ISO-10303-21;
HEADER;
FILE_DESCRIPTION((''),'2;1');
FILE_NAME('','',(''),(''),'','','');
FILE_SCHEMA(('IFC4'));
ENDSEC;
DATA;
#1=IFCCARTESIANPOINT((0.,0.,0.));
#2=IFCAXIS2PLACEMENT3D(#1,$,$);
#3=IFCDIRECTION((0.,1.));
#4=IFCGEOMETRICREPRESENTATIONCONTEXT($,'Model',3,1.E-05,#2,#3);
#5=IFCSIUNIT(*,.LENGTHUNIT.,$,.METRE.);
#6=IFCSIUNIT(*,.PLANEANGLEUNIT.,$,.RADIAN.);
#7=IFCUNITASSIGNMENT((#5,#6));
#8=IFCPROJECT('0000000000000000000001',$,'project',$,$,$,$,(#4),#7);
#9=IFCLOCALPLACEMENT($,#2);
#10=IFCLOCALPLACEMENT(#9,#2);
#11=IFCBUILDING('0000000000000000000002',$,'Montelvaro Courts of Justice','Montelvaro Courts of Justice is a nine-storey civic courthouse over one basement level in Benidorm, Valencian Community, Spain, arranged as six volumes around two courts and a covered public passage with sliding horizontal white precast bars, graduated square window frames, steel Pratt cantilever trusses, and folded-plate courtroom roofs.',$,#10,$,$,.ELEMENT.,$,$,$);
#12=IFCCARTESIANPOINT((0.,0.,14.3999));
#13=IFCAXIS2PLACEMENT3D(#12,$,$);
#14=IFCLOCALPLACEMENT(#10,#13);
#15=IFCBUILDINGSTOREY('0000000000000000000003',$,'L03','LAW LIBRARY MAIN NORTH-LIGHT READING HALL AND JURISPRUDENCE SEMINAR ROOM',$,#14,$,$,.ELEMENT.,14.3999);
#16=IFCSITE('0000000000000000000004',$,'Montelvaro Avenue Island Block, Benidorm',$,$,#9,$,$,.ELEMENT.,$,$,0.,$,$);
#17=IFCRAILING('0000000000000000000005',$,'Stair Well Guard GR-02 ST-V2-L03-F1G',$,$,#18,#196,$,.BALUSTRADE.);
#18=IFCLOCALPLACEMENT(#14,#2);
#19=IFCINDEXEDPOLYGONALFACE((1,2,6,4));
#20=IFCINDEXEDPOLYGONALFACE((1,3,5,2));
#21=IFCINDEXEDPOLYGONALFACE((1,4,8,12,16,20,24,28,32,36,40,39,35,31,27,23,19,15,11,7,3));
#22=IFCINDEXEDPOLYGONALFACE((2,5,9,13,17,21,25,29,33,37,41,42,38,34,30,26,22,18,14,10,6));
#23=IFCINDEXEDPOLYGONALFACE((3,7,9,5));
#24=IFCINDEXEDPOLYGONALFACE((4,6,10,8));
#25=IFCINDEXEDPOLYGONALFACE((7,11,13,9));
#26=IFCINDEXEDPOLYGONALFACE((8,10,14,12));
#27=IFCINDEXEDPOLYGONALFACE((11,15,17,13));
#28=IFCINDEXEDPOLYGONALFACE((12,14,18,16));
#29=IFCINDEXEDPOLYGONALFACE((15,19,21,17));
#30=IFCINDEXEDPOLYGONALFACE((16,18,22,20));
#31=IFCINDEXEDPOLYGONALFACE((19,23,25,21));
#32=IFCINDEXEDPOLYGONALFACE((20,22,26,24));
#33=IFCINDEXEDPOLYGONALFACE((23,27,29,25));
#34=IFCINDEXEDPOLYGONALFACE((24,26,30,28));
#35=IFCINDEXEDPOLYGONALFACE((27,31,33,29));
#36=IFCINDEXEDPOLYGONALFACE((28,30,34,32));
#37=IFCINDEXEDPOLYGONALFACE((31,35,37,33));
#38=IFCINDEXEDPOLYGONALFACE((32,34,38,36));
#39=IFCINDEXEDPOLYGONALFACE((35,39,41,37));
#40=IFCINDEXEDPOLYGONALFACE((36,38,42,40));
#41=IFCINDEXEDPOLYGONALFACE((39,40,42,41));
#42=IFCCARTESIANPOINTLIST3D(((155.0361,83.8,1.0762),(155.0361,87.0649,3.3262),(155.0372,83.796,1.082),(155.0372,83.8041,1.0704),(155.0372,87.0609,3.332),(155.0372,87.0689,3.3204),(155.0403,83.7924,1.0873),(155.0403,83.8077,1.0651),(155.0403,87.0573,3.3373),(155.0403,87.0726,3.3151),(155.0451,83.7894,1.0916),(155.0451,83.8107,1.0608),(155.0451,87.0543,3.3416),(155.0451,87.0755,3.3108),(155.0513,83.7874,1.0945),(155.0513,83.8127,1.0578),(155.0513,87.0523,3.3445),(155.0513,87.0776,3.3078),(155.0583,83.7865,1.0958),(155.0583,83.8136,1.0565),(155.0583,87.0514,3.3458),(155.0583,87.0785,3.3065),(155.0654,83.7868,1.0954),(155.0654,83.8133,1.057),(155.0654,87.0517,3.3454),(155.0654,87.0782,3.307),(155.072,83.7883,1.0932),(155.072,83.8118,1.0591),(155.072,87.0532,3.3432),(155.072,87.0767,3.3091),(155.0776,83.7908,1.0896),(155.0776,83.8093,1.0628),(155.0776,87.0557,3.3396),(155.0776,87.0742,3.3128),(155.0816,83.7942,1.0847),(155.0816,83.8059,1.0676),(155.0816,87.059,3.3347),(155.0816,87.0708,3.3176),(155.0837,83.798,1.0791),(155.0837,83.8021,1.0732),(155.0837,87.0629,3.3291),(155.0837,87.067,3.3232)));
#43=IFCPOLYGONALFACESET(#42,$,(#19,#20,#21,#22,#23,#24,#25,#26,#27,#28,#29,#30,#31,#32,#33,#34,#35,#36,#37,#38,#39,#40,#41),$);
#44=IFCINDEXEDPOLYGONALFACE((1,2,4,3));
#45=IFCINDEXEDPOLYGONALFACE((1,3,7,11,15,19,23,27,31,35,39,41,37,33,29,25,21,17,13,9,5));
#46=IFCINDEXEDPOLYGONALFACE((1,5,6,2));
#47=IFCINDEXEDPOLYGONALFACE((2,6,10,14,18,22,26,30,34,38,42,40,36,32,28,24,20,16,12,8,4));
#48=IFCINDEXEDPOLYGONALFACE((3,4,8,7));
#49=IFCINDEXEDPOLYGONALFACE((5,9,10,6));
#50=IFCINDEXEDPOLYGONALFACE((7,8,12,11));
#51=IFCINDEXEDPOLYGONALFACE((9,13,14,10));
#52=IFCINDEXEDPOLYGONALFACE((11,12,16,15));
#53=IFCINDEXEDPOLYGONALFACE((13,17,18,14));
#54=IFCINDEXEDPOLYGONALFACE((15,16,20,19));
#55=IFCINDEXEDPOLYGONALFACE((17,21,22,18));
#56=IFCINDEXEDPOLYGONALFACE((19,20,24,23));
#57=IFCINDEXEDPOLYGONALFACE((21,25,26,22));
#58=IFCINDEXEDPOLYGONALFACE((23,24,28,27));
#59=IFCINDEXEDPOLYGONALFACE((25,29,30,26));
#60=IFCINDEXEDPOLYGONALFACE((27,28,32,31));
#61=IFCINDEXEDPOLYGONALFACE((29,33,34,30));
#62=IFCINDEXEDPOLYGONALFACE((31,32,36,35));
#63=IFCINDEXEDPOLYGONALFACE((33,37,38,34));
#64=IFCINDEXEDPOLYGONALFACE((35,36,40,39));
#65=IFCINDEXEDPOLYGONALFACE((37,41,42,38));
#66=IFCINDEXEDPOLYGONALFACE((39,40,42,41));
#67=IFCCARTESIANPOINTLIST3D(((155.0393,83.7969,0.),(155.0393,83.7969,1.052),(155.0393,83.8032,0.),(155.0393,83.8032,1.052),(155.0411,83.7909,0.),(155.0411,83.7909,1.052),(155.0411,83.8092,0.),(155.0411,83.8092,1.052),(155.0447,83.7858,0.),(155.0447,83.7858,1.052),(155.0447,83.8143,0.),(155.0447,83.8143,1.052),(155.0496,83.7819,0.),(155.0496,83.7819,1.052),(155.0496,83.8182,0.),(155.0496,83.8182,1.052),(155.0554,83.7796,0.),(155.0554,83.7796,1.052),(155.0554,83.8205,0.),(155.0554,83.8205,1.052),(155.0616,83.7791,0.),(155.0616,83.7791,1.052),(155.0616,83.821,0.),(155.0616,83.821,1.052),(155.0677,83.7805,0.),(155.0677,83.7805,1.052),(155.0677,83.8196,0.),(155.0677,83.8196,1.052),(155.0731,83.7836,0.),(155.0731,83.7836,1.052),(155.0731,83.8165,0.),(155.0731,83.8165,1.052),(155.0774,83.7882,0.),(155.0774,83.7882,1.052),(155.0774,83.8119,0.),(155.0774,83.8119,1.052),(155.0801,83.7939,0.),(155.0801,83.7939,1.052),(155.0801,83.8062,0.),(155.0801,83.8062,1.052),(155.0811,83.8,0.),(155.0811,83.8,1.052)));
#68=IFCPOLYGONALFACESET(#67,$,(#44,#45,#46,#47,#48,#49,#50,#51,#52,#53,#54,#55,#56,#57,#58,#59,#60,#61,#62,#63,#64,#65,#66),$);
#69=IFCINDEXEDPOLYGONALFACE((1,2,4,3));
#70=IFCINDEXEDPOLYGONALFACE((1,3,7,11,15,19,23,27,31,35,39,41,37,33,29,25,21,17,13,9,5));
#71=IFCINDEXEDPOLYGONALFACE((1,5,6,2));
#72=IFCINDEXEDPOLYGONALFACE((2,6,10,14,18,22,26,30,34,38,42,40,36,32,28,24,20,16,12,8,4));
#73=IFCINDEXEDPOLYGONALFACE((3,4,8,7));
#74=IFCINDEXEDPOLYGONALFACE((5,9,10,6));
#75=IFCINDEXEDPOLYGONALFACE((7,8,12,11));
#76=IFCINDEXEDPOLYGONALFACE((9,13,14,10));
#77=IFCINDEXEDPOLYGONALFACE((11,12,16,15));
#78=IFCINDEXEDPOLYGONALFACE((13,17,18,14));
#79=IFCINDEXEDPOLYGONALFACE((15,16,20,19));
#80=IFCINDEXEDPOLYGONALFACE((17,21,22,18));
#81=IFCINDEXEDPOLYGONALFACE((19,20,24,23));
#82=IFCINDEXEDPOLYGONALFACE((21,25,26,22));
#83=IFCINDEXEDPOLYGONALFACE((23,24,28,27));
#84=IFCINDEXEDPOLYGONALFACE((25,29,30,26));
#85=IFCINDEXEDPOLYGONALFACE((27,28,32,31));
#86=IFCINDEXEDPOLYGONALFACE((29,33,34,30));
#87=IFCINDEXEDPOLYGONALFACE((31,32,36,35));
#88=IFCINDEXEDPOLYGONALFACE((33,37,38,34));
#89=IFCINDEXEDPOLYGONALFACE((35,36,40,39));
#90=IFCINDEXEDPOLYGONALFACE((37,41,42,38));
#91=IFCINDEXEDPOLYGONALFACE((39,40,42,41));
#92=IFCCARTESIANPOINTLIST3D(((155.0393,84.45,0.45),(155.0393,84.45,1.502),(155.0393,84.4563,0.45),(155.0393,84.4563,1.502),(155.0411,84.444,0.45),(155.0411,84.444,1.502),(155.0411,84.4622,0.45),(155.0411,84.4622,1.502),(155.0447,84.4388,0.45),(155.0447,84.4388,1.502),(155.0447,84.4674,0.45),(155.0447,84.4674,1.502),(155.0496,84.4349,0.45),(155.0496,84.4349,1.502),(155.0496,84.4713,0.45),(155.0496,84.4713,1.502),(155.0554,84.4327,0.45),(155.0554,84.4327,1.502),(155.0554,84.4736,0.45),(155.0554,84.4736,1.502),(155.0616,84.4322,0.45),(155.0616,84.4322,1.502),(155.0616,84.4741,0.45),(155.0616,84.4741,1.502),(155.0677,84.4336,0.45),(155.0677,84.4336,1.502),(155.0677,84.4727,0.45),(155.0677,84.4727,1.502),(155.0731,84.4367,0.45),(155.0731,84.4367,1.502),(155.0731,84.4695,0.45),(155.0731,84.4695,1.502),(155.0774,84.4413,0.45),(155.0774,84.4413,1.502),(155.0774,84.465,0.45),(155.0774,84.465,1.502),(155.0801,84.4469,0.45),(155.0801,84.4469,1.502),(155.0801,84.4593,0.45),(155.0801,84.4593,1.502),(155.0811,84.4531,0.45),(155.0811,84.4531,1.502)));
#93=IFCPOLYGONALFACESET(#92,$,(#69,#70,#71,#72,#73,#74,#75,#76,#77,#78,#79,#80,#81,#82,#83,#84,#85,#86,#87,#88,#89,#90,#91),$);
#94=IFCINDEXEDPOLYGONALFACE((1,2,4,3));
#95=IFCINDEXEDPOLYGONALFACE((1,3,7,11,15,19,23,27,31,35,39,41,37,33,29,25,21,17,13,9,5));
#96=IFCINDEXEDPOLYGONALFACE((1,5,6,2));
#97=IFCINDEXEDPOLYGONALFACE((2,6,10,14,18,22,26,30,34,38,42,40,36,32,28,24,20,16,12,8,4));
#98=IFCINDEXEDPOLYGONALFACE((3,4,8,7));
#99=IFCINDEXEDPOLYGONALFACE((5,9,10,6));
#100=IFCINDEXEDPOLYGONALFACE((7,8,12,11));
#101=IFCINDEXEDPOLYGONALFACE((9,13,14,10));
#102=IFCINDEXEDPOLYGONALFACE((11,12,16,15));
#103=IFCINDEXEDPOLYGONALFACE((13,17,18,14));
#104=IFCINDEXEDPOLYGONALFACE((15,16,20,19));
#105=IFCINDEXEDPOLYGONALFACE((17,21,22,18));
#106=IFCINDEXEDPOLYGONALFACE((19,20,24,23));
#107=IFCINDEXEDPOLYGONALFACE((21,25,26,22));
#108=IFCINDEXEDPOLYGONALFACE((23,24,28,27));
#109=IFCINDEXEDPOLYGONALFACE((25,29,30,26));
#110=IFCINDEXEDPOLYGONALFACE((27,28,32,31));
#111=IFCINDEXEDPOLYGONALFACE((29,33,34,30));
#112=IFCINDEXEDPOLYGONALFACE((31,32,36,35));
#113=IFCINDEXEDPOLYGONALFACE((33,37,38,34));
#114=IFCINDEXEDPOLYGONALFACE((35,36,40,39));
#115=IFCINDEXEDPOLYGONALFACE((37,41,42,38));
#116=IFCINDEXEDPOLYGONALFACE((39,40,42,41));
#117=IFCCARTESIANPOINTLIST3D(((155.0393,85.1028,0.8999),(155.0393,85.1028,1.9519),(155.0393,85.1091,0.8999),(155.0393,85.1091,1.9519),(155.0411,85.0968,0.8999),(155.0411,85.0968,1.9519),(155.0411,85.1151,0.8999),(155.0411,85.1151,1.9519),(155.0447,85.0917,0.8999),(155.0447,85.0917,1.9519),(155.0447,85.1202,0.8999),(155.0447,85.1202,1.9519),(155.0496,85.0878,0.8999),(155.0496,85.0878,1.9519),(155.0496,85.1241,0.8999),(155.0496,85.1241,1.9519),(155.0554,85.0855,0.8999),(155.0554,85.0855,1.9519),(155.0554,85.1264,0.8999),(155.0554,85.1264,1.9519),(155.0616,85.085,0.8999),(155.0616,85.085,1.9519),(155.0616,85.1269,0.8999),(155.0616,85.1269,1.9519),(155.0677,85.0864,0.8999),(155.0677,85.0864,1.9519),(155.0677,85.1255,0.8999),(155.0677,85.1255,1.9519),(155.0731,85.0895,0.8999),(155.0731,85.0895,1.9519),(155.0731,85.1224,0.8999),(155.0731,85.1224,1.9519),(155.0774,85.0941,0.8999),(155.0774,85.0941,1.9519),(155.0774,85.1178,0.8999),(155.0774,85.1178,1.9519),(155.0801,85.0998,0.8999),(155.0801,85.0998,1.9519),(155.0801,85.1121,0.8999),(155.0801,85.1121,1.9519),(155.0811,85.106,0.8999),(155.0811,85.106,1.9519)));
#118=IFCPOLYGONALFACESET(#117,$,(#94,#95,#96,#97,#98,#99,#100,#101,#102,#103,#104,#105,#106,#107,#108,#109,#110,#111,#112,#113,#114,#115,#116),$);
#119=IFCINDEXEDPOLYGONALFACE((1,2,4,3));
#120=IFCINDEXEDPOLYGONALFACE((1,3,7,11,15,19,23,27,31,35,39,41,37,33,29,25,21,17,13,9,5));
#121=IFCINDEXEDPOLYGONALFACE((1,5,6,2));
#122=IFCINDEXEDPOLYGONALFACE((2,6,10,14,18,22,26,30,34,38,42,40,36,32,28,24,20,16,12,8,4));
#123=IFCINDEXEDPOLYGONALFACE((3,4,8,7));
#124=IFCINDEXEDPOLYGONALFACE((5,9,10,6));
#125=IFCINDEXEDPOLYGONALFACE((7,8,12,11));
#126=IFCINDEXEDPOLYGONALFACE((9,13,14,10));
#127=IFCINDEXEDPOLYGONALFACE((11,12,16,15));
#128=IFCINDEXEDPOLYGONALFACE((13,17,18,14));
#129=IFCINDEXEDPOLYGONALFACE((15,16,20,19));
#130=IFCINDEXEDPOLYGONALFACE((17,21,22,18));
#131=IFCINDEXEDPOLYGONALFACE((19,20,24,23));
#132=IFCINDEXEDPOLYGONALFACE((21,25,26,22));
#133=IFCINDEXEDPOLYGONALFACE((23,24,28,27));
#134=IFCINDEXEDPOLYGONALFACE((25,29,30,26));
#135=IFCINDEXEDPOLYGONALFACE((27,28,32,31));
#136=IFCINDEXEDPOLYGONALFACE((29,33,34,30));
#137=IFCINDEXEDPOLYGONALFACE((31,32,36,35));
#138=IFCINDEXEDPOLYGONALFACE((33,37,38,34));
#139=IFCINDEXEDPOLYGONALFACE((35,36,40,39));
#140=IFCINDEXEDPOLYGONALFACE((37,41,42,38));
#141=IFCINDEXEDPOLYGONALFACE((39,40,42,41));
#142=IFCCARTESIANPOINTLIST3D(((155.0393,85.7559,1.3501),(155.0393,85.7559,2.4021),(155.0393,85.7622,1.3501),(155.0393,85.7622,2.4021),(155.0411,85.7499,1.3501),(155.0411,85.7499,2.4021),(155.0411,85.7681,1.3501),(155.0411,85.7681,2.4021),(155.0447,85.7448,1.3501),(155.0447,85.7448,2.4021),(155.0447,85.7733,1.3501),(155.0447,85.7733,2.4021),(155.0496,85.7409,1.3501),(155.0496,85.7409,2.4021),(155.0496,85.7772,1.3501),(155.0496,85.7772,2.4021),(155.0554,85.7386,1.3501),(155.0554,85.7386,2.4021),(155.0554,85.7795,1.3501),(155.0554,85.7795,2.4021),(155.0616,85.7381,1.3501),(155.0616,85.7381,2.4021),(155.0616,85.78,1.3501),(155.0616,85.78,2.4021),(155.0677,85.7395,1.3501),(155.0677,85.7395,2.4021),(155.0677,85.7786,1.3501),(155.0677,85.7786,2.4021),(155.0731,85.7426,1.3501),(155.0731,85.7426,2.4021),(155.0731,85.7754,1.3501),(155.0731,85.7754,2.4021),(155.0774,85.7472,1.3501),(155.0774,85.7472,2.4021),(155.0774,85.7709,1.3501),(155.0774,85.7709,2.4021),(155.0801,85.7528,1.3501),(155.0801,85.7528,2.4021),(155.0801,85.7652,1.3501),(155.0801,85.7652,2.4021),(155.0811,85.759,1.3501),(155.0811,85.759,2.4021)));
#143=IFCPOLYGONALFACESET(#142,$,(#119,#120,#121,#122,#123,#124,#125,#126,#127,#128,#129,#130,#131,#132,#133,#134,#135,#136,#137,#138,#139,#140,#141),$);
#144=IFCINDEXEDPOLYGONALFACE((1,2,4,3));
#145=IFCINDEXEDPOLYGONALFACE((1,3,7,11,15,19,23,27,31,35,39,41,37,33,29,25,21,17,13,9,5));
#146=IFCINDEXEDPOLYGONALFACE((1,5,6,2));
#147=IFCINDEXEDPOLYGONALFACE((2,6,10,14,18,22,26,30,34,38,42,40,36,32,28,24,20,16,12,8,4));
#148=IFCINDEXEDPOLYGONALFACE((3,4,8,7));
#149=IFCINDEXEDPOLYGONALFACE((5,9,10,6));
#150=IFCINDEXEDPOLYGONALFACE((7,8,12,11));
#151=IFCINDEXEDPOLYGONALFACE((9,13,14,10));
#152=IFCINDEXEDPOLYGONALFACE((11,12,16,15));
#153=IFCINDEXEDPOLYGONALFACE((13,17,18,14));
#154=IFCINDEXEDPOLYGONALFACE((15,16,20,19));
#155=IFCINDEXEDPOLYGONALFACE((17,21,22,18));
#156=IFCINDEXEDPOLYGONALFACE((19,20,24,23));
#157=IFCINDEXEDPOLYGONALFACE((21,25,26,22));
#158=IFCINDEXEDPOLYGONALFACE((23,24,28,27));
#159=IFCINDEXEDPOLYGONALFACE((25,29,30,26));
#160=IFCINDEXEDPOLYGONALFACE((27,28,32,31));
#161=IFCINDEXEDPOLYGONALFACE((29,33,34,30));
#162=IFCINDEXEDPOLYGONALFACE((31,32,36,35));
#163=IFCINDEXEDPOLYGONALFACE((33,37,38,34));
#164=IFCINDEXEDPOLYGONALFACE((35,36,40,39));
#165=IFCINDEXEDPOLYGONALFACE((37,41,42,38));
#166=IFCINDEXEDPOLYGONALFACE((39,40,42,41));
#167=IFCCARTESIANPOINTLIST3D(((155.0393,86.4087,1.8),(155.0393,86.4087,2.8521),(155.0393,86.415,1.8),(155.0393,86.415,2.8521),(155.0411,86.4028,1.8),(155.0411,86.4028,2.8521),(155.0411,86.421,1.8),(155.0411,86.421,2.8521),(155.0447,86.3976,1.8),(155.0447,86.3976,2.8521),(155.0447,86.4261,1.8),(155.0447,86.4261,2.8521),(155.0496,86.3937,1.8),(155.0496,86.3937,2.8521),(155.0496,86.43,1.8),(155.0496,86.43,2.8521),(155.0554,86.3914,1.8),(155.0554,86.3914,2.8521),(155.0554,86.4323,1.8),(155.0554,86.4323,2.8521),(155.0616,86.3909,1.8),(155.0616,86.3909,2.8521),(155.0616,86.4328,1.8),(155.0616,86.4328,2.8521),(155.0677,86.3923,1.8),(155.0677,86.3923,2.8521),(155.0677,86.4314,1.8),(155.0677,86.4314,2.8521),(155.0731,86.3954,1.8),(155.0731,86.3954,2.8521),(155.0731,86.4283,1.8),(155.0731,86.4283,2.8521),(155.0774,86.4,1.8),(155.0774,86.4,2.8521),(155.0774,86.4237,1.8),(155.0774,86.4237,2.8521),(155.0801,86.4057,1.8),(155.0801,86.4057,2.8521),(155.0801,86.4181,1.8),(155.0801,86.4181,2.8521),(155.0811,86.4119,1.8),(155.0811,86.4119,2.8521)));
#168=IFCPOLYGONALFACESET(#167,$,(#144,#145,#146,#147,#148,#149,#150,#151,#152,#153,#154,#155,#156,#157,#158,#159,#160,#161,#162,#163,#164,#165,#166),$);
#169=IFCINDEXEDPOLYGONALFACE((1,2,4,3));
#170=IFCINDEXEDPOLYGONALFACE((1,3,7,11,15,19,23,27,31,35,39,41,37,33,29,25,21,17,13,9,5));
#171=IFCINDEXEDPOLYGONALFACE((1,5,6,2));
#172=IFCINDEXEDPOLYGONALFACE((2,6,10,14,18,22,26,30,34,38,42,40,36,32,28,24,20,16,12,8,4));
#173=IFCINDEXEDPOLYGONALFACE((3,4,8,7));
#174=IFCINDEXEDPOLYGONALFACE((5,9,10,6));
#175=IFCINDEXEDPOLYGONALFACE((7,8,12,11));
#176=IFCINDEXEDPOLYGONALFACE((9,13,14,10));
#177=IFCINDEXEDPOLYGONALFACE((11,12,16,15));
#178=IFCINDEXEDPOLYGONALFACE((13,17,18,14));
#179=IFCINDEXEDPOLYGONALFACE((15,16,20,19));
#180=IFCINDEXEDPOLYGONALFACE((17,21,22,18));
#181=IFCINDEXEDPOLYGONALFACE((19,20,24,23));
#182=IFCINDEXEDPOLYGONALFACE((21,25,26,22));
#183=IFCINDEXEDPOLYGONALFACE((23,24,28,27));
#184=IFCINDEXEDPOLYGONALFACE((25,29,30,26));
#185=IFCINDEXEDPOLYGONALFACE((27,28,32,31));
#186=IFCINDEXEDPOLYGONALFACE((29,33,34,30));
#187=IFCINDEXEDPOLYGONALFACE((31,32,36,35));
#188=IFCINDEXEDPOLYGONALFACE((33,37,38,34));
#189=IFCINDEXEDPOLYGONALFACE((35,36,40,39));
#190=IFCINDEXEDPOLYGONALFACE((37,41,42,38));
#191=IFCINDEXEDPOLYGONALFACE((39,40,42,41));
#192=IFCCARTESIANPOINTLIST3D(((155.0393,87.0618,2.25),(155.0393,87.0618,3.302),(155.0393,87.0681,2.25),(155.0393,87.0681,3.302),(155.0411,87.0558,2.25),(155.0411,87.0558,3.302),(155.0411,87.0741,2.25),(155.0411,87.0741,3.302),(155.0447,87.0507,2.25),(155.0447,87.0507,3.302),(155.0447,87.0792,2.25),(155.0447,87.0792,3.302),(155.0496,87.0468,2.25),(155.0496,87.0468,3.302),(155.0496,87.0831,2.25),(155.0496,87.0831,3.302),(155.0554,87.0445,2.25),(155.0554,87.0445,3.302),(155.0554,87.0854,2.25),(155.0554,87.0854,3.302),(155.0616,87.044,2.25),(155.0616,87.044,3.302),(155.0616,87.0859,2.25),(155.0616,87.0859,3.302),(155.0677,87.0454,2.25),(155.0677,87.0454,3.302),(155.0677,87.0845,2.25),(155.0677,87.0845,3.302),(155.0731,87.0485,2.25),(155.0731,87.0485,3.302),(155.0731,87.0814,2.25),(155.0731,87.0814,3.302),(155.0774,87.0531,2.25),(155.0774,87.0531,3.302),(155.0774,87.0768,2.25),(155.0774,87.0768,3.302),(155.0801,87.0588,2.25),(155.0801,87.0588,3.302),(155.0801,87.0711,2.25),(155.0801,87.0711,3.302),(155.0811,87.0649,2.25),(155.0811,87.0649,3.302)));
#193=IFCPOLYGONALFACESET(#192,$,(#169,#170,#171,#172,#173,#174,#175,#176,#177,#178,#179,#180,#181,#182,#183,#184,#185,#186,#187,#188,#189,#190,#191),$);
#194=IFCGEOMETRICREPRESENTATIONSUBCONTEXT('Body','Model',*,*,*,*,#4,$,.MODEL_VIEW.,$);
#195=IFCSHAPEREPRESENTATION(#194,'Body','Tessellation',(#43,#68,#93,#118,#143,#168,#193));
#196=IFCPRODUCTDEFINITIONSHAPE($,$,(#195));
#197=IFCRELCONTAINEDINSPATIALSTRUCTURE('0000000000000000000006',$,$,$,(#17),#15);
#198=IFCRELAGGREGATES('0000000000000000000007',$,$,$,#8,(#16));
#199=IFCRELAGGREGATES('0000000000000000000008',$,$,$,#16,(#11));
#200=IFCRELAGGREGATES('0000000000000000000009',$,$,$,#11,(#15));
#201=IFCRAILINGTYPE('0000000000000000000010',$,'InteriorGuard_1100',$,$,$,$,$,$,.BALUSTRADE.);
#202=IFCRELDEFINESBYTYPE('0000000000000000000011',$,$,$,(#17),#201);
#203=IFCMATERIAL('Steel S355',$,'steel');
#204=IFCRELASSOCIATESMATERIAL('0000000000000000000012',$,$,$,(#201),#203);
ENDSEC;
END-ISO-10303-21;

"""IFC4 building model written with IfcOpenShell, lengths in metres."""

from ifc_helpers import new_model, si_unit, direction, frame, origin, origin_2d, place, context, subcontext, project, spatial, circle, extrude, material, type_object, element, save


model = new_model("IFC4")

# Units and contexts
model_context = context("Model", 3, precision=1e-05, world=origin(), true_north=direction((0.0, 1.0)))
body_context = subcontext(model_context, "Body", "Model", "MODEL_VIEW")
ifc_project = project(units=[si_unit("LENGTHUNIT", "METRE"), si_unit("PLANEANGLEUNIT", "RADIAN")], contexts=[model_context])

# Site, building, storey
site_placement = place(None, origin())
site = spatial("IfcSite", under=ifc_project, at=site_placement, Name="Montelvaro Avenue Island Block, Benidorm", CompositionType="ELEMENT", RefElevation=0.0)
building_placement = place(site_placement, origin())
building = spatial("IfcBuilding", under=site, at=building_placement, Name="Montelvaro Courts of Justice", Description="Montelvaro Courts of Justice is a nine-storey civic courthouse over one basement level in Benidorm, Valencian Community, Spain, arranged as six volumes around two courts and a covered public passage with sliding horizontal white precast bars, graduated square window frames, steel Pratt cantilever trusses, and folded-plate courtroom roofs.", CompositionType="ELEMENT")
storey_placement = place(building_placement, frame((0.0, 0.0, 14.3999)))
storey = spatial("IfcBuildingStorey", under=building, at=storey_placement, Name="L03", Description="LAW LIBRARY MAIN NORTH-LIGHT READING HALL AND JURISPRUDENCE SEMINAR ROOM", CompositionType="ELEMENT", Elevation=14.3999)

# Shared definitions
ifc_material_1 = material(Name="Steel S355", Category="steel")

# Railing
railing_type_1 = type_object("IfcRailingType", Name="InteriorGuard_1100", PredefinedType="BALUSTRADE", material=ifc_material_1)
railing_1_placement = place(storey_placement, frame((155.0601, 83.8, 0.0)))
element("IfcRailing", 1, at=railing_1_placement, inside=storey, type_object=railing_type_1, Name="Stair Well Guard GR-02 ST-V2-L03-F1G", PredefinedType="BALUSTRADE", context=body_context, shape_type="SweptSolid", body=[
    extrude(circle(Radius=0.0239, at=origin_2d()), frame((0.0, 0.0, 1.0762), z_axis=(0.0, 0.823407, 0.567451), x_axis=(-1.0, 0.0, 0.0)), (0.0, 0.0, 1.0), 3.9651),
    extrude(circle(Radius=0.021, at=origin_2d()), origin(), (0.0, 0.0, 1.0), 1.052),
    extrude(circle(Radius=0.021, at=origin_2d()), frame((0.0, 0.6531, 0.45)), (0.0, 0.0, 1.0), 1.052),
    extrude(circle(Radius=0.021, at=origin_2d()), frame((0.0, 1.3059, 0.8999)), (0.0, 0.0, 1.0), 1.052),
    extrude(circle(Radius=0.021, at=origin_2d()), frame((0.0, 1.959, 1.3501)), (0.0, 0.0, 1.0), 1.052),
    extrude(circle(Radius=0.021, at=origin_2d()), frame((0.0, 2.6118, 1.8)), (0.0, 0.0, 1.0), 1.052),
    extrude(circle(Radius=0.021, at=origin_2d()), frame((0.0, 3.2649, 2.25)), (0.0, 0.0, 1.0), 1.052),
])

save(model, "model.ifc")
